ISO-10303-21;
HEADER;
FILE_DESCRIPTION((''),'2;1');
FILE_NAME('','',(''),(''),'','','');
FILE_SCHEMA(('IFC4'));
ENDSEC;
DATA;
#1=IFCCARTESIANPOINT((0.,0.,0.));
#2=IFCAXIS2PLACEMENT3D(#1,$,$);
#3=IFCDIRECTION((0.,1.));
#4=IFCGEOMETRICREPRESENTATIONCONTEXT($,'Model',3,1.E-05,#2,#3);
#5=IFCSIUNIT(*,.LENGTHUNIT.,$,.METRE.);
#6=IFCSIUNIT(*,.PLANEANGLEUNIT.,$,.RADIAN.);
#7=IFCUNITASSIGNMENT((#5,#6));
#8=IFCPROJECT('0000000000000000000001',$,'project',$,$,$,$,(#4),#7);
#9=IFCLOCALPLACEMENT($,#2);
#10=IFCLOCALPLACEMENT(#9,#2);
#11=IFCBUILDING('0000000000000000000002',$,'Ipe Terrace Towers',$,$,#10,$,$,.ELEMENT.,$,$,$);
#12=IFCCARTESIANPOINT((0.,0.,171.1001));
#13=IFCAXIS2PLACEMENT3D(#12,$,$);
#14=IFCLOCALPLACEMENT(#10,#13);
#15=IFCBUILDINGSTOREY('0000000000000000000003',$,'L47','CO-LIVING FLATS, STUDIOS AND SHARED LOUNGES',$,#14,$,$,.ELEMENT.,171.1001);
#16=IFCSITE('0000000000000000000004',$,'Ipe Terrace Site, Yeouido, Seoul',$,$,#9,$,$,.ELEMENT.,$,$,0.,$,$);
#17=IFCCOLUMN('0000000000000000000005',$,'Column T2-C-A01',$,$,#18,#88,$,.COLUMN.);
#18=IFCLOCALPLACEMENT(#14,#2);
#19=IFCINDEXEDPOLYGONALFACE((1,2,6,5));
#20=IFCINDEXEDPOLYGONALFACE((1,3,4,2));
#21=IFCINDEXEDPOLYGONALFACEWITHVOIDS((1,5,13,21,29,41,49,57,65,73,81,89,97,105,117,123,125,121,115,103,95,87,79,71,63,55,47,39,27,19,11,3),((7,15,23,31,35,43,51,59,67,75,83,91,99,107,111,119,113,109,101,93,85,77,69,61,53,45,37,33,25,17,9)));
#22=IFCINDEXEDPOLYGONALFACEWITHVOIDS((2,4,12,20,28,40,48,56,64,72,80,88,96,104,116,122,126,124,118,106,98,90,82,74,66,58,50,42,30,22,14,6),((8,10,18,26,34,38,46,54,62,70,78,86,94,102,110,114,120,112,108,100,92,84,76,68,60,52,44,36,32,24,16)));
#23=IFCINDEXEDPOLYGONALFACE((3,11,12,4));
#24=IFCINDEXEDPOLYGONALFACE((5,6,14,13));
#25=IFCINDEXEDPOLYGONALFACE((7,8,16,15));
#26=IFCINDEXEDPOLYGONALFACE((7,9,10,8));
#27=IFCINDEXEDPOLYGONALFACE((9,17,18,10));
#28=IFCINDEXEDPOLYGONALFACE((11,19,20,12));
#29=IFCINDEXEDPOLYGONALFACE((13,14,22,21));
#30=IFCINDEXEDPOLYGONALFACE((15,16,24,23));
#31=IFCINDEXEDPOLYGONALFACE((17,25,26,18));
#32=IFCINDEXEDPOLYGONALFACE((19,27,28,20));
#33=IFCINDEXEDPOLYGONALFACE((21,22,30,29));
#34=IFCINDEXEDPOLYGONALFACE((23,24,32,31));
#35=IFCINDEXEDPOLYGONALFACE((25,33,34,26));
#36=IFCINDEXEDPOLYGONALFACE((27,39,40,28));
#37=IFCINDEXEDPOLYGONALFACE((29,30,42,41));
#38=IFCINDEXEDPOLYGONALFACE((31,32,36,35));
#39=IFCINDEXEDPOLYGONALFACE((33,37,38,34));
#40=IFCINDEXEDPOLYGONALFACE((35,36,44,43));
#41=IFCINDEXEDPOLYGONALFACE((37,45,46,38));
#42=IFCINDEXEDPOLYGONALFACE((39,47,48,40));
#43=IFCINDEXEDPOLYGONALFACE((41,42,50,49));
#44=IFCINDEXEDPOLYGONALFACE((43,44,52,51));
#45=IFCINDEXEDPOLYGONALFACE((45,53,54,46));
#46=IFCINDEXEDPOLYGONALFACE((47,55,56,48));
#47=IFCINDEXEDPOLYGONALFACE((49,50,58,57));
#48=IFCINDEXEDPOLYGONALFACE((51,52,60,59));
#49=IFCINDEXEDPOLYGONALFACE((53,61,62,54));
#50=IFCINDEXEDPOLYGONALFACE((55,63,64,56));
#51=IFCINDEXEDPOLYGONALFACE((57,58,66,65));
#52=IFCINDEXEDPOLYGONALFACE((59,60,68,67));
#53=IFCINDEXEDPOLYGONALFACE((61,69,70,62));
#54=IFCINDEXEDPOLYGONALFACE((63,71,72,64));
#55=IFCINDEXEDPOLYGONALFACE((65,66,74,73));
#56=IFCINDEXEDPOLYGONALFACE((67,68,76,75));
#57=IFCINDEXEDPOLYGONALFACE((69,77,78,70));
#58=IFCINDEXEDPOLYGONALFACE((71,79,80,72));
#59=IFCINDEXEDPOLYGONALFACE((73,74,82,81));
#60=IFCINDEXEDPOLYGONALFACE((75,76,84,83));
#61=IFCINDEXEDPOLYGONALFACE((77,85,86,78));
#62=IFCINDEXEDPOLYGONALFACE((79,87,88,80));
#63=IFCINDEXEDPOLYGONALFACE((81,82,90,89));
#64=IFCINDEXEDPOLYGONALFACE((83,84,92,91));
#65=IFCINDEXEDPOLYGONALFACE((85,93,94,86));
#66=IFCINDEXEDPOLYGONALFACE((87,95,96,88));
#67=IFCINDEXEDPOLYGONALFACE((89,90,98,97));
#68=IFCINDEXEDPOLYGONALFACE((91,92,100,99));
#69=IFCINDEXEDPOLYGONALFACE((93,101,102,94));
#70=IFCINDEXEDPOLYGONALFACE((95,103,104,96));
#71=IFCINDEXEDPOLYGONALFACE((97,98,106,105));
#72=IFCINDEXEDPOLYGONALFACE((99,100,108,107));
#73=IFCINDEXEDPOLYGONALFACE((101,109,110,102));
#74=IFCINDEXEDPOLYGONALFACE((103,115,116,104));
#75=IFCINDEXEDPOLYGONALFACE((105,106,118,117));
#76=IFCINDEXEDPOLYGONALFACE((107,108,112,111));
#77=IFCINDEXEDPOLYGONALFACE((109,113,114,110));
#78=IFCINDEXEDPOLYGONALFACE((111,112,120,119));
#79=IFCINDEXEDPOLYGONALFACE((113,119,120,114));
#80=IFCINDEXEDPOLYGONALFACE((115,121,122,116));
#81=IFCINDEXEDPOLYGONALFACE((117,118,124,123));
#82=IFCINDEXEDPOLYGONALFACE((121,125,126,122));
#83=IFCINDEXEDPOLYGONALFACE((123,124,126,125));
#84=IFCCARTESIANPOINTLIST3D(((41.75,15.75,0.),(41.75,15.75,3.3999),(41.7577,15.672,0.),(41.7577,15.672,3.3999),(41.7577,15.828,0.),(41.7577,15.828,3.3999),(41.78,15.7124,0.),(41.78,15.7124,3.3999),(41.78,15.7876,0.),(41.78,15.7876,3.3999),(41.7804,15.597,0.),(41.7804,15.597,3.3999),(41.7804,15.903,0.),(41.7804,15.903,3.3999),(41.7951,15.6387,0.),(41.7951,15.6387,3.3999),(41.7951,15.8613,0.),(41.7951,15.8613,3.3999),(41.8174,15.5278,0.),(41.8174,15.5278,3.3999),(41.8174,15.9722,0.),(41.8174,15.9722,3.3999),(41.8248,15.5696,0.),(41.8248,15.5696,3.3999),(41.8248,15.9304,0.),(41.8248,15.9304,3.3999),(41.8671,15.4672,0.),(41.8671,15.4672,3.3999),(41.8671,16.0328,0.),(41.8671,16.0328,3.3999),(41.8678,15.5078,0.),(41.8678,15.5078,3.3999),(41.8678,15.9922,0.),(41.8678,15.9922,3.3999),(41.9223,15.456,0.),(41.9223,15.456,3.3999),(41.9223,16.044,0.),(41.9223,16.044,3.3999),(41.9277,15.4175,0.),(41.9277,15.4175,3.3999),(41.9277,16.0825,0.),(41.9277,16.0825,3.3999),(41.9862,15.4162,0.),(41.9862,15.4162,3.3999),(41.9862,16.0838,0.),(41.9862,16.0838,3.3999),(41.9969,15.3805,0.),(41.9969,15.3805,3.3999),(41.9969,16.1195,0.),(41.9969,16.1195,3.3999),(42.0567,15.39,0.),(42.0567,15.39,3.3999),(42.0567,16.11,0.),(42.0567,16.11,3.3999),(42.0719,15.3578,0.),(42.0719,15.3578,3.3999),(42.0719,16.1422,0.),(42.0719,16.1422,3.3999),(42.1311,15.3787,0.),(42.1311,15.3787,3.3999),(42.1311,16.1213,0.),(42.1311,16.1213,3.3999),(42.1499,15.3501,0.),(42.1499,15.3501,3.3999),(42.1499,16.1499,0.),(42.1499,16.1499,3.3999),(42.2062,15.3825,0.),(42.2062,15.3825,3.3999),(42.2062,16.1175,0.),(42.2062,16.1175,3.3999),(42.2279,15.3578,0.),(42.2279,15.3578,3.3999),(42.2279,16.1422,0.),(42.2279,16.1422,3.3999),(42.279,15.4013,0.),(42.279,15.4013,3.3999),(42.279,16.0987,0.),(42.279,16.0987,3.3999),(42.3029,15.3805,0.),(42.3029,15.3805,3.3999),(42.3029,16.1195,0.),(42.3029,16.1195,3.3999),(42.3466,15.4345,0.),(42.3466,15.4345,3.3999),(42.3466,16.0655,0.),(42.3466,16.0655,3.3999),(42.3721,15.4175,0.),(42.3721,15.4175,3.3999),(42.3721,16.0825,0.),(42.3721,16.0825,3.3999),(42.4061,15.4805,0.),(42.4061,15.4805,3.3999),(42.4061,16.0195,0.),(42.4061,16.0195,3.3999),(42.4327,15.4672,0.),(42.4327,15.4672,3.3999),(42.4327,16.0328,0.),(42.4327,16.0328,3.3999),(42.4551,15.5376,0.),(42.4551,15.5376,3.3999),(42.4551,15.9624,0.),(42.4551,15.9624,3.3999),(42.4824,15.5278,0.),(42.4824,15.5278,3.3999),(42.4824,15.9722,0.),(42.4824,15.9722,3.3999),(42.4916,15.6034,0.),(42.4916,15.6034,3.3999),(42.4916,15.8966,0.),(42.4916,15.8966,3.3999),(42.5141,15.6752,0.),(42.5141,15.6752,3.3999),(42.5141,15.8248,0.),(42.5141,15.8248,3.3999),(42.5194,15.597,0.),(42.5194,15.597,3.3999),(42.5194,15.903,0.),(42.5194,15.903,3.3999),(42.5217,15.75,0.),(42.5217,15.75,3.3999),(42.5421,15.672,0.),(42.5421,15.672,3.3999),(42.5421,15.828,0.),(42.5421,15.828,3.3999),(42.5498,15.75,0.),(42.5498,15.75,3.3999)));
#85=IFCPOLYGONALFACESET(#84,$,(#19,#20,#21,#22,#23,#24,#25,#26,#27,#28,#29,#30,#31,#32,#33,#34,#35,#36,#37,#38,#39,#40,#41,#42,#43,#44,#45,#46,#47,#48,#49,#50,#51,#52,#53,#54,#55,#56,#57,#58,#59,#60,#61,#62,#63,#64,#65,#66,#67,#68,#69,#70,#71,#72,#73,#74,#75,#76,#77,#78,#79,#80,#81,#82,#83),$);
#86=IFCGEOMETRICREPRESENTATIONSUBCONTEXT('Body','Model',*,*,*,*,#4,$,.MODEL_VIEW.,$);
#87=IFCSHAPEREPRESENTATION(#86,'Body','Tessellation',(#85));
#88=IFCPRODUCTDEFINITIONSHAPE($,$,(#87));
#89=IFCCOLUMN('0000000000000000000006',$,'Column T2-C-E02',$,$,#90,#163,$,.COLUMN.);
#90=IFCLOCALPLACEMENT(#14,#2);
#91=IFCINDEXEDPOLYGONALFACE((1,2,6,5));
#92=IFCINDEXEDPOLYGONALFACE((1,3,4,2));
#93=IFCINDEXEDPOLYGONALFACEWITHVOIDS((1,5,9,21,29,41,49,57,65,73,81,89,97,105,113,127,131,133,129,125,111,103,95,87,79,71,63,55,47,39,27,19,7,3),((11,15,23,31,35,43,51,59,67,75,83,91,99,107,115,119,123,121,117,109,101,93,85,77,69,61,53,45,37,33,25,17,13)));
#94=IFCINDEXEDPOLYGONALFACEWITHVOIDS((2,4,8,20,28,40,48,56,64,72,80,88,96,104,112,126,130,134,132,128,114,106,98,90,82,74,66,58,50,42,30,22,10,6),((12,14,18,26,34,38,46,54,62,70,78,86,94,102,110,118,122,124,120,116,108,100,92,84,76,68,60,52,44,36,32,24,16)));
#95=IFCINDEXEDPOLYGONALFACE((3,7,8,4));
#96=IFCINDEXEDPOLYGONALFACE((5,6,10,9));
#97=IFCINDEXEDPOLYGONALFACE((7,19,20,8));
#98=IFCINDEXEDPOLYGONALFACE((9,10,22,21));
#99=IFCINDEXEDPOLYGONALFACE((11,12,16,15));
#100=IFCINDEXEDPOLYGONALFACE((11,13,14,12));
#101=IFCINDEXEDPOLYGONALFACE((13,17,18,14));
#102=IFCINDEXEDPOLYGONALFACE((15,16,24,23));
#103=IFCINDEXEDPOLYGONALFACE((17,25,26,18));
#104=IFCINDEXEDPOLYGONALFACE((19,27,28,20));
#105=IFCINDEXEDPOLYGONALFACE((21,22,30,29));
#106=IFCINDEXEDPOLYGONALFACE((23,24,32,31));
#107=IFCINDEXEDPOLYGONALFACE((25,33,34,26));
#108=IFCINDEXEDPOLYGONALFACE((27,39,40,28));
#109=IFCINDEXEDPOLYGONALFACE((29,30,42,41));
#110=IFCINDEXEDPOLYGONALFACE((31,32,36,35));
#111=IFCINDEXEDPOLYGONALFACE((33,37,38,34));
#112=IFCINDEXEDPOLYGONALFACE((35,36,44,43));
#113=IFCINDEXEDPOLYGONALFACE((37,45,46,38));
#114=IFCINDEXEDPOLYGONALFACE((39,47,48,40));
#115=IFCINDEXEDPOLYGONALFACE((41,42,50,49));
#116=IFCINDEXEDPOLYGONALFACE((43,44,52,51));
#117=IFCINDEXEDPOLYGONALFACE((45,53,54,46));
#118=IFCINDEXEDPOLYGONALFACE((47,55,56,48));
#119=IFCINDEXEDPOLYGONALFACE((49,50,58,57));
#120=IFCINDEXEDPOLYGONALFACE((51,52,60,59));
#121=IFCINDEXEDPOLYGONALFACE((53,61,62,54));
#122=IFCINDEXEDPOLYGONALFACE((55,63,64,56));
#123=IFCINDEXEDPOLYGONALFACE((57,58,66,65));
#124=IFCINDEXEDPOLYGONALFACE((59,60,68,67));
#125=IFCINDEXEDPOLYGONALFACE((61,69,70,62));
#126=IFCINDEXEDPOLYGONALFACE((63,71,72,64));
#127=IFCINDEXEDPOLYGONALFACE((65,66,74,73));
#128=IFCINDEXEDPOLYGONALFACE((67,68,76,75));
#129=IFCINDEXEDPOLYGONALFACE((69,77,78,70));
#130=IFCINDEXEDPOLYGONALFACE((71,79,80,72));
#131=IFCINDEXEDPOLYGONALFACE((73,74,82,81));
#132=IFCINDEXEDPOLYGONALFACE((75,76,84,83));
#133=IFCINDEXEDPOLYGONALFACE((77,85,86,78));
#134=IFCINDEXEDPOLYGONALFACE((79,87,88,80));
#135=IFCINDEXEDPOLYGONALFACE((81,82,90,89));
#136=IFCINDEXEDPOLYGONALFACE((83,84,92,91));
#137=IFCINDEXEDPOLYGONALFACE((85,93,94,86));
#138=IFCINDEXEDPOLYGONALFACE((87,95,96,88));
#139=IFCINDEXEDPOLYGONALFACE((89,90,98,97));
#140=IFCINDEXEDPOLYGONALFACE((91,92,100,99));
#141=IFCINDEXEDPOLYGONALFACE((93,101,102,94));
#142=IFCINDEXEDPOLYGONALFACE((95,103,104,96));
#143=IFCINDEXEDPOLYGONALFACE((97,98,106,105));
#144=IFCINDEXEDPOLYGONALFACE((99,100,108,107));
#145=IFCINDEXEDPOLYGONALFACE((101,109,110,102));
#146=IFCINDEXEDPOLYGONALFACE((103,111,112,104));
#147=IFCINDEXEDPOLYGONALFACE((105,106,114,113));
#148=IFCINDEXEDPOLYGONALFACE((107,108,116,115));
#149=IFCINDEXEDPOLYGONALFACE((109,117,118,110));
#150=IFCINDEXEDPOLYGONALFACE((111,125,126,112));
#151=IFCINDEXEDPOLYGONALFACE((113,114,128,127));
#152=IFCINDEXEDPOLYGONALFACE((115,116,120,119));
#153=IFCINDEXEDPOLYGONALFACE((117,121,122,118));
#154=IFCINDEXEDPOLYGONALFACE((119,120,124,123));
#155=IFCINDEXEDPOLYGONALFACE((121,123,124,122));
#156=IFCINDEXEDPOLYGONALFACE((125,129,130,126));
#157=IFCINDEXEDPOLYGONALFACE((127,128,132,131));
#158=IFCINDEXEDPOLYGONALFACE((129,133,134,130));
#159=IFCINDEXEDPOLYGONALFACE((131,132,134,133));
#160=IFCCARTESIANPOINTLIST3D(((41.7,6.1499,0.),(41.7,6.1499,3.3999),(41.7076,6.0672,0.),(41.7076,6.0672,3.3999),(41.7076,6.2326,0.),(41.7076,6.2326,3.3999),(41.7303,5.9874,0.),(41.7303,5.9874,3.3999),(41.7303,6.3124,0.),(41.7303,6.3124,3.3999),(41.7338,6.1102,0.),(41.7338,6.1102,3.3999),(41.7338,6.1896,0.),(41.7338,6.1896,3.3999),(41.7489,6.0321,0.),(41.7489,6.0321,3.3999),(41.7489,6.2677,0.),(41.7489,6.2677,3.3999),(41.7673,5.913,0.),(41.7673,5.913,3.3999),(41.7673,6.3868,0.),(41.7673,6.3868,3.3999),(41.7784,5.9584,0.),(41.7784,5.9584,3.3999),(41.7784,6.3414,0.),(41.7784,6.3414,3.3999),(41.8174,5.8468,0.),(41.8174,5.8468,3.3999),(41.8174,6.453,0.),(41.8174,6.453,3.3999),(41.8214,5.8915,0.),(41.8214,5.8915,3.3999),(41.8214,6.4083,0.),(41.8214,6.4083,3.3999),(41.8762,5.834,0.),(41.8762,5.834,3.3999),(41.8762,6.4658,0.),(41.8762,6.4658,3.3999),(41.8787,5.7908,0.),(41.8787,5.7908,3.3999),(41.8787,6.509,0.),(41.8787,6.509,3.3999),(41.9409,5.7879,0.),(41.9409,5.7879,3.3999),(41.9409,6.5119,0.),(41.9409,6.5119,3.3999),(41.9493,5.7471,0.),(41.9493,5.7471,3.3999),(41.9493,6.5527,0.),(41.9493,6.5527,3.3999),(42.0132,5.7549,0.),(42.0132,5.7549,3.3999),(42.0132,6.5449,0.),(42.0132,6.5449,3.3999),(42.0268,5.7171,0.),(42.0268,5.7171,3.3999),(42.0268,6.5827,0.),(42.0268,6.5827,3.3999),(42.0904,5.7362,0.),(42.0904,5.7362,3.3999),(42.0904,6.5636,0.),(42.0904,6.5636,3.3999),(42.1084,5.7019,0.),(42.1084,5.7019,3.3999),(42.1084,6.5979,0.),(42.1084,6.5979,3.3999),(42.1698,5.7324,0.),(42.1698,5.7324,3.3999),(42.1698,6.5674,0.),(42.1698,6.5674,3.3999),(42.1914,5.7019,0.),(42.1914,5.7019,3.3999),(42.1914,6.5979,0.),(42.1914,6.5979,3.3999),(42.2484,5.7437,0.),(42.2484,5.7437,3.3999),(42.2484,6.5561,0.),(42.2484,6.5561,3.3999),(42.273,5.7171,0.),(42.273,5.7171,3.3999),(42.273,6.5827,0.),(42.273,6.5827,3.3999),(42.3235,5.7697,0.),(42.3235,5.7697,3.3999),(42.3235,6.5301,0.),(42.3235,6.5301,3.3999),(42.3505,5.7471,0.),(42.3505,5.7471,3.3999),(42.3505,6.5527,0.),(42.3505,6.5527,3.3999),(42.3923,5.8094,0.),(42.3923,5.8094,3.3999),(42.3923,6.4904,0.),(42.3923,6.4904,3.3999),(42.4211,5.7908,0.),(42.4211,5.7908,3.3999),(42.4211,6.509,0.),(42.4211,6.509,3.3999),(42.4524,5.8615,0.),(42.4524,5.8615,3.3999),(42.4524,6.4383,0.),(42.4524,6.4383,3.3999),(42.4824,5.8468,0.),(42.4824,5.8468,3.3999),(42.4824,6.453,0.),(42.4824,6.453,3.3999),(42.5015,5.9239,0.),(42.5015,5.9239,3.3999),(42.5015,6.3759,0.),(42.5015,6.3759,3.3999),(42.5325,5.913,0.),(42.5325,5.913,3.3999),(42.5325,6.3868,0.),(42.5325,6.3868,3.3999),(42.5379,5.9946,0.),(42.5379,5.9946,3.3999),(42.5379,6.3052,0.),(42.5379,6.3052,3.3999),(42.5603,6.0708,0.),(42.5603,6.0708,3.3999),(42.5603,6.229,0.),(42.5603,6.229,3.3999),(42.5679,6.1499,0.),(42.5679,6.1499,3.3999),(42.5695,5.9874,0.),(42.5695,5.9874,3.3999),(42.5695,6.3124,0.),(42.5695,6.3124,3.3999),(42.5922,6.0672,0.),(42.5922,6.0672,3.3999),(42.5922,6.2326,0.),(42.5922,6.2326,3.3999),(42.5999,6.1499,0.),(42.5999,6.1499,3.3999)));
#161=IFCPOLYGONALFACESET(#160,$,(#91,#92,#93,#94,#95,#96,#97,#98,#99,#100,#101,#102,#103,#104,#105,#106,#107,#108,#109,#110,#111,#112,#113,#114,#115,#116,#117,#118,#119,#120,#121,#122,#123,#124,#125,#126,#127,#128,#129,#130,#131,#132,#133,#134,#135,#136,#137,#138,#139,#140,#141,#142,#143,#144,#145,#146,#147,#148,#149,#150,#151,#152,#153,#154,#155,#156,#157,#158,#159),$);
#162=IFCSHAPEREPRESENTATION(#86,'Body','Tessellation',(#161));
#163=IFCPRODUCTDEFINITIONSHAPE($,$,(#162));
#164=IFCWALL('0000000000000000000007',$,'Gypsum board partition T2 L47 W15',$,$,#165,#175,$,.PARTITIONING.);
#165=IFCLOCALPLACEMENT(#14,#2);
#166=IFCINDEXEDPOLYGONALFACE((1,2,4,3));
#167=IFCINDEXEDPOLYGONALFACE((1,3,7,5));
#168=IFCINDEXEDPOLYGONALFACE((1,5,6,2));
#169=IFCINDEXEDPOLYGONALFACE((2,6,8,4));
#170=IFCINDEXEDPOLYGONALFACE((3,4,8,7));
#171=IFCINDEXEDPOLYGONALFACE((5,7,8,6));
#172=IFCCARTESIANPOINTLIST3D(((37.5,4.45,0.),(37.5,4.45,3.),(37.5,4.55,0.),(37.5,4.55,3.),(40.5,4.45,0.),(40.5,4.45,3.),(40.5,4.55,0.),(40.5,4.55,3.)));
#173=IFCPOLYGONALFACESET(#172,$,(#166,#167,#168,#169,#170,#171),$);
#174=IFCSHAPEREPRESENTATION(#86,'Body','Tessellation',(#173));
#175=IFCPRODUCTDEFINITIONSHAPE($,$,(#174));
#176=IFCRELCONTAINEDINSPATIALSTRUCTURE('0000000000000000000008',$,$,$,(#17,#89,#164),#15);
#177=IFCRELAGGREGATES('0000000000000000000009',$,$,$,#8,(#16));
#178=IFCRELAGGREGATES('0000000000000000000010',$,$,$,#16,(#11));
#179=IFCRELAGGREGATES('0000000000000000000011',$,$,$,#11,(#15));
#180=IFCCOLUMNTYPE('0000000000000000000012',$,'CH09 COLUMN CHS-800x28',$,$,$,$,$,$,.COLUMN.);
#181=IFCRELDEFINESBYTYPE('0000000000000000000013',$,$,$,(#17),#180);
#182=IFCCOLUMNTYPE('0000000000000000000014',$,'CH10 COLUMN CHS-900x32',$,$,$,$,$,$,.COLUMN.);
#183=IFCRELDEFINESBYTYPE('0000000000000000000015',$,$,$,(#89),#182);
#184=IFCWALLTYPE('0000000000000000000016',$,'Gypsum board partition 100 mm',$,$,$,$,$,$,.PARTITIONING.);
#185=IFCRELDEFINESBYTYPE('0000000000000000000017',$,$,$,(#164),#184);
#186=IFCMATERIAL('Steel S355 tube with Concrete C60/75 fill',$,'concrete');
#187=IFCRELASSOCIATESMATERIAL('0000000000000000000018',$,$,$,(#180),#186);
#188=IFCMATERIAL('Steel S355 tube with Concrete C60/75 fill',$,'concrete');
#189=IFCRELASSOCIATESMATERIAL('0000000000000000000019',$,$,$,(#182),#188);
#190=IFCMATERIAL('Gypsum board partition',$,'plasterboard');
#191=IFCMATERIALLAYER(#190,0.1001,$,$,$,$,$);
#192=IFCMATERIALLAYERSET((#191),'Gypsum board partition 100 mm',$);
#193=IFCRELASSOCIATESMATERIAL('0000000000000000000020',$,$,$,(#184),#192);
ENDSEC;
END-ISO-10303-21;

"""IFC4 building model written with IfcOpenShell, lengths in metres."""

from ifc_helpers import new_model, si_unit, direction, frame, frame_2d, origin, origin_2d, place, context, subcontext, project, spatial, rectangle, hollow_circle, extrude, material, layer, layer_set, material_profile, profile_set, type_object, element, save


model = new_model("IFC4")

# Units and contexts
model_context = context("Model", 3, precision=1e-05, world=origin(), true_north=direction((0.0, 1.0)))
body_context = subcontext(model_context, "Body", "Model", "MODEL_VIEW")
ifc_project = project(units=[si_unit("LENGTHUNIT", "METRE"), si_unit("PLANEANGLEUNIT", "RADIAN")], contexts=[model_context])

# Site, building, storey
site_placement = place(None, origin())
site = spatial("IfcSite", under=ifc_project, at=site_placement, Name="Ipe Terrace Site, Yeouido, Seoul", CompositionType="ELEMENT", RefElevation=0.0)
building_placement = place(site_placement, origin())
building = spatial("IfcBuilding", under=site, at=building_placement, Name="Ipe Terrace Towers", CompositionType="ELEMENT")
storey_placement = place(building_placement, frame((0.0, 0.0, 171.1001)))
storey = spatial("IfcBuildingStorey", under=building, at=storey_placement, Name="L47", Description="CO-LIVING FLATS, STUDIOS AND SHARED LOUNGES", CompositionType="ELEMENT", Elevation=171.1001)

# Columns
ifc_material_1 = material(Name="Steel S355 tube with Concrete C60/75 fill", Category="concrete")
ifc_material_profile_1 = material_profile(ifc_material_1, hollow_circle(Radius=0.3999, WallThickness=0.0281, at=origin_2d()), Name="CHS-800x28")
ifc_profile_set_1 = profile_set([ifc_material_profile_1], Name="Steel S355 tube with Concrete C60/75 fill")
column_type_1 = type_object("IfcColumnType", Name="CH09 COLUMN CHS-800x28", PredefinedType="COLUMN", material=ifc_profile_set_1)
column_1_placement = place(storey_placement, frame((42.1499, 15.75, 0.0), z_axis=(0.0, 0.0, 1.0), x_axis=(1.0, 0.0, 0.0)))
element("IfcColumn", 1, at=column_1_placement, inside=storey, type_object=column_type_1, Name="Column T2-C-A01", PredefinedType="COLUMN", context=body_context, shape_type="SweptSolid", body=[
    extrude(hollow_circle(Radius=0.3999, WallThickness=0.0281, at=origin_2d()), origin(), (0.0, 0.0, 1.0), 3.3999),
])
ifc_material_2 = material(Name="Steel S355 tube with Concrete C60/75 fill", Category="concrete")
ifc_material_profile_2 = material_profile(ifc_material_2, hollow_circle(Radius=0.45, WallThickness=0.032, at=origin_2d()), Name="CHS-900x32")
ifc_profile_set_2 = profile_set([ifc_material_profile_2], Name="Steel S355 tube with Concrete C60/75 fill")
column_type_2 = type_object("IfcColumnType", Name="CH10 COLUMN CHS-900x32", PredefinedType="COLUMN", material=ifc_profile_set_2)
column_2_placement = place(storey_placement, frame((42.1499, 6.1499, 0.0), z_axis=(0.0, 0.0, 1.0), x_axis=(1.0, 0.0, 0.0)))
element("IfcColumn", 2, at=column_2_placement, inside=storey, type_object=column_type_2, Name="Column T2-C-E02", PredefinedType="COLUMN", context=body_context, shape_type="SweptSolid", body=[
    extrude(hollow_circle(Radius=0.45, WallThickness=0.032, at=origin_2d()), origin(), (0.0, 0.0, 1.0), 3.3999),
])

# Wall
ifc_material_3 = material(Name="Gypsum board partition", Category="plasterboard")
ifc_layer_1 = layer(ifc_material_3, 0.1001)
ifc_layer_set_1 = layer_set([ifc_layer_1], Name="Gypsum board partition 100 mm")
wall_type_1 = type_object("IfcWallType", Name="Gypsum board partition 100 mm", PredefinedType="PARTITIONING", material=ifc_layer_set_1)
wall_1_placement = place(storey_placement, frame((40.5, 4.5, 0.0), z_axis=(0.0, 0.0, 1.0), x_axis=(-1.0, 0.0, 0.0)))
element("IfcWall", 3, at=wall_1_placement, inside=storey, type_object=wall_type_1, Name="Gypsum board partition T2 L47 W15", PredefinedType="PARTITIONING", context=body_context, shape_type="SweptSolid", body=[
    extrude(rectangle(XDim=3.0, YDim=0.1001, at=frame_2d((1.5, 0.0))), origin(), (0.0, 0.0, 1.0), 3.0),
])

save(model, "model.ifc")
